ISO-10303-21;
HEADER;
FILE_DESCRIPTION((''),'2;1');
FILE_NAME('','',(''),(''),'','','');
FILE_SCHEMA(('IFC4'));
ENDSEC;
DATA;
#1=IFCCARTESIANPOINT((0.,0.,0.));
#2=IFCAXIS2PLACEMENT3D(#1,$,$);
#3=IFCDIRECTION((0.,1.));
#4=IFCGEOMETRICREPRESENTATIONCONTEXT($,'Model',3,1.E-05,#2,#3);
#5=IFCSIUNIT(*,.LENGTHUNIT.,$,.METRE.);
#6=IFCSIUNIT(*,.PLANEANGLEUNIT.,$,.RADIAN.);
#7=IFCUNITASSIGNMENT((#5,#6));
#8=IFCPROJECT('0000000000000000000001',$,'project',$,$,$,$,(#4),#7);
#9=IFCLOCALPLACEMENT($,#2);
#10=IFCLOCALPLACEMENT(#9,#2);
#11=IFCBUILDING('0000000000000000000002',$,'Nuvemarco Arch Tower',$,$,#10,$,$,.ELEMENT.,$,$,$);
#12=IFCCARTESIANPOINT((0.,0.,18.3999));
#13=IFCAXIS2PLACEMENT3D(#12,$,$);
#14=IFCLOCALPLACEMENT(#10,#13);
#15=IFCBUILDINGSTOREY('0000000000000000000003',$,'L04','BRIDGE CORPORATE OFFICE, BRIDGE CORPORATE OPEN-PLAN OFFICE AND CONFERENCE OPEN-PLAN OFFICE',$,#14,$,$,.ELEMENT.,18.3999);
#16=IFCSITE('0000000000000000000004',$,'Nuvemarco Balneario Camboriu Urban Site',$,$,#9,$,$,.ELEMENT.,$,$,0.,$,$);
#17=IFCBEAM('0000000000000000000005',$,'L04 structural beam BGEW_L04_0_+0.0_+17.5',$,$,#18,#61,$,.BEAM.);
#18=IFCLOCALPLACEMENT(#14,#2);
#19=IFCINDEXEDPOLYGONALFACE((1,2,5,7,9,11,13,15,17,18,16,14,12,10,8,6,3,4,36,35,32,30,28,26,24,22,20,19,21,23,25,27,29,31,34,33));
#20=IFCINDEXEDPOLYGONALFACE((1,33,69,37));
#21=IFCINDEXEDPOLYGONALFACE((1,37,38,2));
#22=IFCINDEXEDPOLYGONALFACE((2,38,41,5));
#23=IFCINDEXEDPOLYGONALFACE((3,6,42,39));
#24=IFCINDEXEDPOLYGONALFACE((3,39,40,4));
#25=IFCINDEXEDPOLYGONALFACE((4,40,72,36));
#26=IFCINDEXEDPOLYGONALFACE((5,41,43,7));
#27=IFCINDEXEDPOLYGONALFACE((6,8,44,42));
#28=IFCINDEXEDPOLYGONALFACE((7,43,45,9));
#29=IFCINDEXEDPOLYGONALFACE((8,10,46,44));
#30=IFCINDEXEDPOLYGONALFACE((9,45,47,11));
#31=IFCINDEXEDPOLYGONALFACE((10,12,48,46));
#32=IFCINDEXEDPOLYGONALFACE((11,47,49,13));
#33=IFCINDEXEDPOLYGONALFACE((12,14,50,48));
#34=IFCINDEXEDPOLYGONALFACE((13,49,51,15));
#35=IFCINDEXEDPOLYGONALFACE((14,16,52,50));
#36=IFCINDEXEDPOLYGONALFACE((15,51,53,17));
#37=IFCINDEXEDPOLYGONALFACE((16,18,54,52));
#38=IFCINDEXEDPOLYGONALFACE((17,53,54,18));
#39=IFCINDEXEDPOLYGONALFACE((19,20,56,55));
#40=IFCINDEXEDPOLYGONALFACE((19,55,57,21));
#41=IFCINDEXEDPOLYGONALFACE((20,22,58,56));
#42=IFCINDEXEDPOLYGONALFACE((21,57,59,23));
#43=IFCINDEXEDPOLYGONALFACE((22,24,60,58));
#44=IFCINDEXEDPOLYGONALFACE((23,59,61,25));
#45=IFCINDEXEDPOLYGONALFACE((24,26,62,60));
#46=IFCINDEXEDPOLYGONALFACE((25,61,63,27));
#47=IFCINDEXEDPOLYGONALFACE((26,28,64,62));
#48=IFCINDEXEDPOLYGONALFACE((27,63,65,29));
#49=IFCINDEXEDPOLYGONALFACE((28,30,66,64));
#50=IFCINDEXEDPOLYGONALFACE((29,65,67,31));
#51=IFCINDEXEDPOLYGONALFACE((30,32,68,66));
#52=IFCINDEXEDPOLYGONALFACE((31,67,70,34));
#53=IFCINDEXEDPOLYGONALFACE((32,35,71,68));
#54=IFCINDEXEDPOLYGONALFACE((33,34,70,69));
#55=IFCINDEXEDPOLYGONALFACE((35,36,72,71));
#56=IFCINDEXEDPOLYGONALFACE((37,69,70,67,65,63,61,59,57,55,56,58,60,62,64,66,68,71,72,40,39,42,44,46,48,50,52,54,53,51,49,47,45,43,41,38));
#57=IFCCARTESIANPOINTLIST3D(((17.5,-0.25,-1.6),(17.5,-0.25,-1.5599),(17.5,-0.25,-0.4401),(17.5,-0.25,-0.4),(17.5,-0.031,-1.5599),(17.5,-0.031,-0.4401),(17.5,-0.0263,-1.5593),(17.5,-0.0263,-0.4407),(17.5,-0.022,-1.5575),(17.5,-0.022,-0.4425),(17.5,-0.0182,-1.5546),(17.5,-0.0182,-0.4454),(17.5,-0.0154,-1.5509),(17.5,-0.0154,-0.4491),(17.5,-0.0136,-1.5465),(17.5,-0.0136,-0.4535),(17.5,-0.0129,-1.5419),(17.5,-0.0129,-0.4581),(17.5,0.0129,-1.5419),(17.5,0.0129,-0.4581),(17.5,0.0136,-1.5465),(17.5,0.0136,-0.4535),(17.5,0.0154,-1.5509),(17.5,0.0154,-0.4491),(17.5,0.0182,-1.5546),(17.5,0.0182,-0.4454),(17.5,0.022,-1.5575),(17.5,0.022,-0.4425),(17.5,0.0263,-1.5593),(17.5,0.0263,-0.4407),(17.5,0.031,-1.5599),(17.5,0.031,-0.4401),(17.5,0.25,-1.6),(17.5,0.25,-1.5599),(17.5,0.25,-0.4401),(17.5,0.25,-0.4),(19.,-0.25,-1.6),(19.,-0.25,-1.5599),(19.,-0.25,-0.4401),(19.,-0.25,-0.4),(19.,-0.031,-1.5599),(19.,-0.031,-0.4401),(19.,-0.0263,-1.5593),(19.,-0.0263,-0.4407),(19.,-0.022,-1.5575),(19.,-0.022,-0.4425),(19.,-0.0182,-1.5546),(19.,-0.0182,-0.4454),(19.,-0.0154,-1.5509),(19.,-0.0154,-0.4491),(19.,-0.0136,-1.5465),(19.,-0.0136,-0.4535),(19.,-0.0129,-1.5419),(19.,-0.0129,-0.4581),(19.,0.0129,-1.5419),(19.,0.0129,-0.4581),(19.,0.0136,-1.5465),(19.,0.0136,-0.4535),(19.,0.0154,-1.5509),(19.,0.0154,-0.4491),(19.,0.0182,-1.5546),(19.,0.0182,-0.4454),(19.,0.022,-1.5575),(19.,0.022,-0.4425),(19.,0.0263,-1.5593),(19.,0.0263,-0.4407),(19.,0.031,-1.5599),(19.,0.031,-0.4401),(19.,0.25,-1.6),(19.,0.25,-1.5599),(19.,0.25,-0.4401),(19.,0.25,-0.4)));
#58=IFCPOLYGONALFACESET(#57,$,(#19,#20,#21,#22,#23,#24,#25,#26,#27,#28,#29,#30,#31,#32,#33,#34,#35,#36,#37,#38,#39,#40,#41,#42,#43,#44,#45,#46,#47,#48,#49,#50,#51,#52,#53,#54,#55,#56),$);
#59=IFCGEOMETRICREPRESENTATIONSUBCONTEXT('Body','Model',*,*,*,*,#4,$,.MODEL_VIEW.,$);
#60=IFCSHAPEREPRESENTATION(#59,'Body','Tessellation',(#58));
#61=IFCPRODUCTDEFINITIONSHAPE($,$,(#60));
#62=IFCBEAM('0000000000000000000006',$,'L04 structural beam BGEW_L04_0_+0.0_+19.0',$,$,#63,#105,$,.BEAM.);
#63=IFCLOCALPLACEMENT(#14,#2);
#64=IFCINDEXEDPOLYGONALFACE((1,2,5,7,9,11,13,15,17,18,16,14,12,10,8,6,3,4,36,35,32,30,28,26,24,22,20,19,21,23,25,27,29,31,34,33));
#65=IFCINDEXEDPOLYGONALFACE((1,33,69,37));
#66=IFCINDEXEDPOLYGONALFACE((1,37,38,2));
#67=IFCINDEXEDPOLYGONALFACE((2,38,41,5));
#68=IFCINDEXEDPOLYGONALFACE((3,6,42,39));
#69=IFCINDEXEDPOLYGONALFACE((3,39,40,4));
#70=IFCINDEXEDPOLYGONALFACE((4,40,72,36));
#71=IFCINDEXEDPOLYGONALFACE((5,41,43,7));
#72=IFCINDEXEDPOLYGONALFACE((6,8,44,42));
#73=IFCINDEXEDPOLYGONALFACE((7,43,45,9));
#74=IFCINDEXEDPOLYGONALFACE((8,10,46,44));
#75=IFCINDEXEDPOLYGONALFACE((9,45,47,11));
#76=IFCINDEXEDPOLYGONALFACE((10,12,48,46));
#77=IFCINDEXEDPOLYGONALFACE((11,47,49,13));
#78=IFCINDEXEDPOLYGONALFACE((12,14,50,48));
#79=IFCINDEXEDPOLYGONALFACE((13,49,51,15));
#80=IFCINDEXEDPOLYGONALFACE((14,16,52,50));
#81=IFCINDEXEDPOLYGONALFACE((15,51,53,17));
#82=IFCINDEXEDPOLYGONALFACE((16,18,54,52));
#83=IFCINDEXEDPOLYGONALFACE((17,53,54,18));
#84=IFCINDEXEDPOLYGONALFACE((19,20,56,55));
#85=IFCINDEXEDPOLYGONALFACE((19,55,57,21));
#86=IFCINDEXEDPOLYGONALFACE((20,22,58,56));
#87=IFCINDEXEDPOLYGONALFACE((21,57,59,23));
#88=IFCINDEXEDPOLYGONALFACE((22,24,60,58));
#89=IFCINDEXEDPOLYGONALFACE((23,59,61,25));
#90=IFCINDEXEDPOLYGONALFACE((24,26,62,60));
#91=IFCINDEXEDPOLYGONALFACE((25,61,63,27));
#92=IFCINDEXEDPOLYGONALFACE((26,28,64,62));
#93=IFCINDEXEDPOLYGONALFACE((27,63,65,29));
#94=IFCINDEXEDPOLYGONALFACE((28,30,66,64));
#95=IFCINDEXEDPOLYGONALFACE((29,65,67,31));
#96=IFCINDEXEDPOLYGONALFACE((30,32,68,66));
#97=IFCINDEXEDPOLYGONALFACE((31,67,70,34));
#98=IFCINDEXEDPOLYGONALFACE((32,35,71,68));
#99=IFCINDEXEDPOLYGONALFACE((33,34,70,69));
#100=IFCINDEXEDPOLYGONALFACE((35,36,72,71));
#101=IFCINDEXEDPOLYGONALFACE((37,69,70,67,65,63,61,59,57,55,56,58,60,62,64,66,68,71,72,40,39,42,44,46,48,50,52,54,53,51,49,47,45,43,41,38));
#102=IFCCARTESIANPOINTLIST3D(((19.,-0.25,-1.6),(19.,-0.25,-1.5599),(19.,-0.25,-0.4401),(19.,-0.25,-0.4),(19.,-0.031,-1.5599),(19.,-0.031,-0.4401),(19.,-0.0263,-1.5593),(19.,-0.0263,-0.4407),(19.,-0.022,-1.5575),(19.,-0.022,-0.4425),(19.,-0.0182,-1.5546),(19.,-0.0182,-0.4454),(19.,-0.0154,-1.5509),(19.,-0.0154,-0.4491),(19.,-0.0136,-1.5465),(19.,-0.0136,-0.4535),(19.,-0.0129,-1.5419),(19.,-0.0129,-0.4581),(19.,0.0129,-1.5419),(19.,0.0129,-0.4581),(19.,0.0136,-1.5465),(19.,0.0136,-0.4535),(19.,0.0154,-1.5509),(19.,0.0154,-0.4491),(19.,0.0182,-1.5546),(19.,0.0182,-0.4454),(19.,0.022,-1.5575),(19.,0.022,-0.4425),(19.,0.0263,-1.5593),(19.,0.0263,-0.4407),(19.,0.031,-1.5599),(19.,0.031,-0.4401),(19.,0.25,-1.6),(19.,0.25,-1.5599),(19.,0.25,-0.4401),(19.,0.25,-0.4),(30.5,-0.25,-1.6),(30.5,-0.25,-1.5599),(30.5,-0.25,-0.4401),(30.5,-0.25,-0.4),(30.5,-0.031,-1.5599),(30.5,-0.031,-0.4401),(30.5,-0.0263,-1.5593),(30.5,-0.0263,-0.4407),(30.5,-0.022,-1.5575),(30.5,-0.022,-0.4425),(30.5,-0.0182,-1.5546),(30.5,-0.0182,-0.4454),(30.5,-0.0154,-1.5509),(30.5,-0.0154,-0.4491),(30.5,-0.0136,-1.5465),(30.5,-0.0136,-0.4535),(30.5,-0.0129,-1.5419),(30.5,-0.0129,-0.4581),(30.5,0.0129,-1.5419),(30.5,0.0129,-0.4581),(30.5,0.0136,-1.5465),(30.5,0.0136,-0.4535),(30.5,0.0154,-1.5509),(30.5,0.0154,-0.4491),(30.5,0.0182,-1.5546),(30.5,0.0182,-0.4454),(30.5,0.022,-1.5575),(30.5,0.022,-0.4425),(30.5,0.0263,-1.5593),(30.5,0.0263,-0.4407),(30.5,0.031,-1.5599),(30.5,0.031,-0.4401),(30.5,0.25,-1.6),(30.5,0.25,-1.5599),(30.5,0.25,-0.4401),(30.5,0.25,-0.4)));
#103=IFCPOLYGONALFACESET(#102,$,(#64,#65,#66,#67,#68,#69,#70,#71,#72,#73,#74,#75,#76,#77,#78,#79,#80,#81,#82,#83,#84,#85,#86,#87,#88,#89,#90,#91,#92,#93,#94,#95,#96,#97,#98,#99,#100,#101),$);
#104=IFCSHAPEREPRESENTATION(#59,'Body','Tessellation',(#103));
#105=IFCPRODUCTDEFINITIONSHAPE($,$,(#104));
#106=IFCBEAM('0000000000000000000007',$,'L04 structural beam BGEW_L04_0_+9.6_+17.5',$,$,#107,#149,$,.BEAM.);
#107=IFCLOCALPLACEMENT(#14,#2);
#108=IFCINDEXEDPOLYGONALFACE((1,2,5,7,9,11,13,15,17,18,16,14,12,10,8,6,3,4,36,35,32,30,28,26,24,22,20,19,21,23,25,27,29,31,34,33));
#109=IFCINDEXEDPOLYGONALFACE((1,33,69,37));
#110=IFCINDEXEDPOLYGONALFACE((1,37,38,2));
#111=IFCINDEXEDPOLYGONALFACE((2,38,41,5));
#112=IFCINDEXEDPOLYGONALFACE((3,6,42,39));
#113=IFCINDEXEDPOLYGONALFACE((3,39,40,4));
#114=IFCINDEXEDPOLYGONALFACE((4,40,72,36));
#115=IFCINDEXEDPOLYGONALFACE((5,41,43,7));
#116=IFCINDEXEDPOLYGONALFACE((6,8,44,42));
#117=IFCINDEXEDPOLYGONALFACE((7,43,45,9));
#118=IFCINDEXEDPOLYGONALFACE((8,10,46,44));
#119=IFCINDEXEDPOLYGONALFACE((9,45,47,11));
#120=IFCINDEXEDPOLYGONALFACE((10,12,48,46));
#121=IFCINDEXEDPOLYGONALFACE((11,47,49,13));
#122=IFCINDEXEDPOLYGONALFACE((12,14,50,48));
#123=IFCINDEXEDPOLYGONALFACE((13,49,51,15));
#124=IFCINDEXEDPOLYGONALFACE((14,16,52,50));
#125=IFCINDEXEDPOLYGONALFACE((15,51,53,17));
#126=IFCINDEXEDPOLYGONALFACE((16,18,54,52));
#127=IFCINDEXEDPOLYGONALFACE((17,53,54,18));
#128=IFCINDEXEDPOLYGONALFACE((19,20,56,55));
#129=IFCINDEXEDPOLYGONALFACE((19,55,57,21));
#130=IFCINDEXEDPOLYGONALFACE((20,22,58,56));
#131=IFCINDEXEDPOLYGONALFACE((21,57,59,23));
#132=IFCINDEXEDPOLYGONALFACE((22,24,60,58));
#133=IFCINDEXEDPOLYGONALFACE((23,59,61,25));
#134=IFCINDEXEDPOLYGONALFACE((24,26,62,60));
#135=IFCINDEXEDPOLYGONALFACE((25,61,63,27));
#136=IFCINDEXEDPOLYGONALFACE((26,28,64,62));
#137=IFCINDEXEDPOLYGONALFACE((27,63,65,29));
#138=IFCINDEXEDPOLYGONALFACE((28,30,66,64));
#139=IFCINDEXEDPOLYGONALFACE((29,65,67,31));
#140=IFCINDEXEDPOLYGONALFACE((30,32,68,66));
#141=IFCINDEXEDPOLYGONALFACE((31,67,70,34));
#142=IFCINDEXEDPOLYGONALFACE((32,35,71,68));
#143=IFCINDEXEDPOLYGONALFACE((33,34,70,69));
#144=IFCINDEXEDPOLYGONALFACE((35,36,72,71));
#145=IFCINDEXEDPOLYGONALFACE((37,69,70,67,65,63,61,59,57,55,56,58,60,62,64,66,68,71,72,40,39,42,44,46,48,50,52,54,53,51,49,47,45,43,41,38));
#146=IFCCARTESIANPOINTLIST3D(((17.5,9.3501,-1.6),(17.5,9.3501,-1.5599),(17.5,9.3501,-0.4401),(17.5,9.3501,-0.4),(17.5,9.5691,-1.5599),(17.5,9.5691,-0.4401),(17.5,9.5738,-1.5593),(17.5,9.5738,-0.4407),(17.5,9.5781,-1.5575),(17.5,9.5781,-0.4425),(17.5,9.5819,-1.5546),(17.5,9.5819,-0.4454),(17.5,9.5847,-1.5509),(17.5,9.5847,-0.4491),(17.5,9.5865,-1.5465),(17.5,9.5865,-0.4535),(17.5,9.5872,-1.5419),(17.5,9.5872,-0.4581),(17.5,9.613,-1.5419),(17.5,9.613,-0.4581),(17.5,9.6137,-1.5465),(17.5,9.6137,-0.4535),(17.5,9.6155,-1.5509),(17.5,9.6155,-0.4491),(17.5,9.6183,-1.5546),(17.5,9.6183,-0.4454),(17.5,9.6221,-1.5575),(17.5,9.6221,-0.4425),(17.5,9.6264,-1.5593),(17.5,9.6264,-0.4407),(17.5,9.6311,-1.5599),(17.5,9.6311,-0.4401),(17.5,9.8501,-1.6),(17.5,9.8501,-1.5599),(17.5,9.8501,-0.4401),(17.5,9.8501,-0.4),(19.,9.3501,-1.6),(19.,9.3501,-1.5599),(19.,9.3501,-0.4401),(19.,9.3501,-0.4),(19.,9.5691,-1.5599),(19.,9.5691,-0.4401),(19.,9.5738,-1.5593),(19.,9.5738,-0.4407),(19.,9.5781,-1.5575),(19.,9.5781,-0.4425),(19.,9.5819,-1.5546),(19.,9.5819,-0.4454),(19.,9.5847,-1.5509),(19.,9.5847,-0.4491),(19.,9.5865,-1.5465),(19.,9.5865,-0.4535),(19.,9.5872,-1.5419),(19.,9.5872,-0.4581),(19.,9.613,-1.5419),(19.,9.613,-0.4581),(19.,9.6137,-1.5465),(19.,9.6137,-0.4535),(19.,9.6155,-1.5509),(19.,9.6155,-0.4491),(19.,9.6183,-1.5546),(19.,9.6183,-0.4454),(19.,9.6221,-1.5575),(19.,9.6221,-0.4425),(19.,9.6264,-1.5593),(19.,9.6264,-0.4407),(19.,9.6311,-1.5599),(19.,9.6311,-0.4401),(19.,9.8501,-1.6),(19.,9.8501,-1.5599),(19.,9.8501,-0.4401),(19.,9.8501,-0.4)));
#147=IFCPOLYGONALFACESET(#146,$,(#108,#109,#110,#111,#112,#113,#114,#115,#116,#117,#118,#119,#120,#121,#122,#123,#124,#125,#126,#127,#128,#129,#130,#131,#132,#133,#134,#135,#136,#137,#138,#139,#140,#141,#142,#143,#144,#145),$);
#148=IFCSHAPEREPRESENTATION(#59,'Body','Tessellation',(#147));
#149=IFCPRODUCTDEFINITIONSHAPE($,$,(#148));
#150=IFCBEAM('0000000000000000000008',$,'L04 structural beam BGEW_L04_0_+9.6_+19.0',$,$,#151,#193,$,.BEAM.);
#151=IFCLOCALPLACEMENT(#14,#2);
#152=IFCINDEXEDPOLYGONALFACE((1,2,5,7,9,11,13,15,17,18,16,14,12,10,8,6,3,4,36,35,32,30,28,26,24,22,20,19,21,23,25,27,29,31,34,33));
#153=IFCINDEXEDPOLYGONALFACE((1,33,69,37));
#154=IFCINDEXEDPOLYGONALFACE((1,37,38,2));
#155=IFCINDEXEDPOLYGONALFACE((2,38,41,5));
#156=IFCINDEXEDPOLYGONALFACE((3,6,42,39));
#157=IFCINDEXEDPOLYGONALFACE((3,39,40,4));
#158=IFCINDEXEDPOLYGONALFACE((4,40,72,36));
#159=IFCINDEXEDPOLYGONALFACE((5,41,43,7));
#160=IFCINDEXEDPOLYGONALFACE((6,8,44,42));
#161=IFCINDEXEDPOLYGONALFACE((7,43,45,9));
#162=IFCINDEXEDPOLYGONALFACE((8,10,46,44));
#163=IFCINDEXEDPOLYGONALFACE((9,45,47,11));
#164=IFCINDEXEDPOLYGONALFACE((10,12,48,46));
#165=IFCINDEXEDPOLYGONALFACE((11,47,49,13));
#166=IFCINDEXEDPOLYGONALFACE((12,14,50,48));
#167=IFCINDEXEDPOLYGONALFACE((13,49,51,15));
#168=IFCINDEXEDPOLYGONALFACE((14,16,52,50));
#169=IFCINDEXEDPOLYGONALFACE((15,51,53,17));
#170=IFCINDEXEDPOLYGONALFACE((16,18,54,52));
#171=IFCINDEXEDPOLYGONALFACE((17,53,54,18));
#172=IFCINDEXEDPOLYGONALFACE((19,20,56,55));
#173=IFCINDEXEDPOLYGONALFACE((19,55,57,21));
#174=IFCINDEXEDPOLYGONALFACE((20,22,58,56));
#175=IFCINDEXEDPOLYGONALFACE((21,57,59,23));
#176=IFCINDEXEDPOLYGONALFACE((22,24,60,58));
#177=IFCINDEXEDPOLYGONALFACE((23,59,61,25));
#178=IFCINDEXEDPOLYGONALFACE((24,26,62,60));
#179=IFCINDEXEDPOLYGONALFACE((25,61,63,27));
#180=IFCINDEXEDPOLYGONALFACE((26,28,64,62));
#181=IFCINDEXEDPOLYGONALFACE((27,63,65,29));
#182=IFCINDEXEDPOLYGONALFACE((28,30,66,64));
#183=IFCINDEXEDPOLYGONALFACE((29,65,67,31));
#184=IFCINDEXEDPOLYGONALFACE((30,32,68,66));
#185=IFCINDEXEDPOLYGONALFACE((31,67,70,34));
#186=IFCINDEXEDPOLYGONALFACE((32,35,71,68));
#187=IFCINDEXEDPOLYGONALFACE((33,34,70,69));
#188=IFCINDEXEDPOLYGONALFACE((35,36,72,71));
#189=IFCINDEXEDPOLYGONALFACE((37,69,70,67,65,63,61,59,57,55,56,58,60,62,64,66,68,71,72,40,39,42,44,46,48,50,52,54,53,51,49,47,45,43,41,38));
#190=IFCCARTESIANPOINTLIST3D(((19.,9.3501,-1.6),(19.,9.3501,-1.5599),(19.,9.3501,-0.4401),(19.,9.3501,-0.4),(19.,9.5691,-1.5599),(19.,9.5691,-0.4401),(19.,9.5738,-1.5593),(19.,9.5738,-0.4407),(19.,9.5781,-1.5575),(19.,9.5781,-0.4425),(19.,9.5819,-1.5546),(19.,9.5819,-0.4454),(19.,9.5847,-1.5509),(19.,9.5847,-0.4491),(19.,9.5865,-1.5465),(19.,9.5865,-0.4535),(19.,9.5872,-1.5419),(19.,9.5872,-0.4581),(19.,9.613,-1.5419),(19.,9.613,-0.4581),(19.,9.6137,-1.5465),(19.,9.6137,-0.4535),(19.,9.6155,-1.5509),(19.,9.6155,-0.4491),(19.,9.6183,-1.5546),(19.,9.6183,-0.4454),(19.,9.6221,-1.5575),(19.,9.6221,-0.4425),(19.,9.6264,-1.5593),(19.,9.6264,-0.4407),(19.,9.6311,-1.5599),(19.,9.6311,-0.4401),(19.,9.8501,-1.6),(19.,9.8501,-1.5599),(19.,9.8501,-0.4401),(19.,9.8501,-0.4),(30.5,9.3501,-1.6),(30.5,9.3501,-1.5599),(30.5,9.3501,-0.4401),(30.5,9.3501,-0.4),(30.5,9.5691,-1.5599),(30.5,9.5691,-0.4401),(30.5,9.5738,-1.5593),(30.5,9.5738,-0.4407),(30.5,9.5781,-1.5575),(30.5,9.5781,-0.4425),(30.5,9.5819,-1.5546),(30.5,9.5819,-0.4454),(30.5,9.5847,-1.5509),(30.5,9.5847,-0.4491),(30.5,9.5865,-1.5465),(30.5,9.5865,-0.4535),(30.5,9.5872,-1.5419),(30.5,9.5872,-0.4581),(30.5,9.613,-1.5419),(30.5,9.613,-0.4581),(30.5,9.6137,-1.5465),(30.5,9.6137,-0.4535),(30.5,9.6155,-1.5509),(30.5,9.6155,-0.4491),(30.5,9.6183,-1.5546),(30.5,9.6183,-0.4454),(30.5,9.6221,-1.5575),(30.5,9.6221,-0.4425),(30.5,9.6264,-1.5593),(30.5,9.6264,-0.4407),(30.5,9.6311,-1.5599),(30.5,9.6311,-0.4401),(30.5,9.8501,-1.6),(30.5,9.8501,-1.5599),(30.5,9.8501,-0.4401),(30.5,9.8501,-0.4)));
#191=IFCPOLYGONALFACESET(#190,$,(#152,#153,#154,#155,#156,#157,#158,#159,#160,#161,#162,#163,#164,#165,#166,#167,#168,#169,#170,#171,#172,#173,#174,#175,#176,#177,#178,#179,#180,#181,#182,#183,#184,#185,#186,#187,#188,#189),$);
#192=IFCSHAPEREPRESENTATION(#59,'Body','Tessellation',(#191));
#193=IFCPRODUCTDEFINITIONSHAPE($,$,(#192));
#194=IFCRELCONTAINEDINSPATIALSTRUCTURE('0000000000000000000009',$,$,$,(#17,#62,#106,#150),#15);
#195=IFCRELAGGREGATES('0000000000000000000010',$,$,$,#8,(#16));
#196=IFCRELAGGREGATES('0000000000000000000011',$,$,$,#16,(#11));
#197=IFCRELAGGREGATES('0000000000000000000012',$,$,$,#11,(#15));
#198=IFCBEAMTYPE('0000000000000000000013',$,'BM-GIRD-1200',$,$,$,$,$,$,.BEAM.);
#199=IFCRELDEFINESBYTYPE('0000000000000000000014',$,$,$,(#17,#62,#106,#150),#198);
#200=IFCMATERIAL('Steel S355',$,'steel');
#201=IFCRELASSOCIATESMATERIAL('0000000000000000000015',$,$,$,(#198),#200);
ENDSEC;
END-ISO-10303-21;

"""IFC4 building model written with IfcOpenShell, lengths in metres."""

from ifc_helpers import new_model, si_unit, direction, frame, origin, origin_2d, place, context, subcontext, project, spatial, i_section, extrude, material, material_profile, profile_set, type_object, element, save


model = new_model("IFC4")

# Units and contexts
model_context = context("Model", 3, precision=1e-05, world=origin(), true_north=direction((0.0, 1.0)))
body_context = subcontext(model_context, "Body", "Model", "MODEL_VIEW")
ifc_project = project(units=[si_unit("LENGTHUNIT", "METRE"), si_unit("PLANEANGLEUNIT", "RADIAN")], contexts=[model_context])

# Site, building, storey
site_placement = place(None, origin())
site = spatial("IfcSite", under=ifc_project, at=site_placement, Name="Nuvemarco Balneario Camboriu Urban Site", CompositionType="ELEMENT", RefElevation=0.0)
building_placement = place(site_placement, origin())
building = spatial("IfcBuilding", under=site, at=building_placement, Name="Nuvemarco Arch Tower", CompositionType="ELEMENT")
storey_placement = place(building_placement, frame((0.0, 0.0, 18.3999)))
storey = spatial("IfcBuildingStorey", under=building, at=storey_placement, Name="L04", Description="BRIDGE CORPORATE OFFICE, BRIDGE CORPORATE OPEN-PLAN OFFICE AND CONFERENCE OPEN-PLAN OFFICE", CompositionType="ELEMENT", Elevation=18.3999)

# Beams
ifc_material_1 = material(Name="Steel S355", Category="steel")
ifc_material_profile_1 = material_profile(ifc_material_1, i_section(OverallWidth=0.5, OverallDepth=1.2, WebThickness=0.0259, FlangeThickness=0.04, FilletRadius=0.0181, at=origin_2d()), Name="PG1200x500")
ifc_profile_set_1 = profile_set([ifc_material_profile_1], Name="Steel S355")
beam_type_1 = type_object("IfcBeamType", Name="BM-GIRD-1200", PredefinedType="BEAM", material=ifc_profile_set_1)
beam_1_placement = place(storey_placement, frame((17.5, 0.0, -1.0), z_axis=(1.0, 0.0, 0.0), x_axis=(0.0, 1.0, 0.0)))
element("IfcBeam", 1, at=beam_1_placement, inside=storey, type_object=beam_type_1, Name="L04 structural beam BGEW_L04_0_+0.0_+17.5", PredefinedType="BEAM", context=body_context, shape_type="SweptSolid", body=[
    extrude(i_section(OverallWidth=0.5, OverallDepth=1.2, WebThickness=0.0259, FlangeThickness=0.04, FilletRadius=0.0181, at=origin_2d()), origin(), (0.0, 0.0, 1.0), 1.5),
])
beam_2_placement = place(storey_placement, frame((19.0, 0.0, -1.0), z_axis=(1.0, 0.0, 0.0), x_axis=(0.0, 1.0, 0.0)))
element("IfcBeam", 2, at=beam_2_placement, inside=storey, type_object=beam_type_1, Name="L04 structural beam BGEW_L04_0_+0.0_+19.0", PredefinedType="BEAM", context=body_context, shape_type="SweptSolid", body=[
    extrude(i_section(OverallWidth=0.5, OverallDepth=1.2, WebThickness=0.0259, FlangeThickness=0.04, FilletRadius=0.0181, at=origin_2d()), origin(), (0.0, 0.0, 1.0), 11.5),
])
beam_3_placement = place(storey_placement, frame((17.5, 9.6001, -1.0), z_axis=(1.0, 0.0, 0.0), x_axis=(0.0, 1.0, 0.0)))
element("IfcBeam", 3, at=beam_3_placement, inside=storey, type_object=beam_type_1, Name="L04 structural beam BGEW_L04_0_+9.6_+17.5", PredefinedType="BEAM", context=body_context, shape_type="SweptSolid", body=[
    extrude(i_section(OverallWidth=0.5, OverallDepth=1.2, WebThickness=0.0259, FlangeThickness=0.04, FilletRadius=0.0181, at=origin_2d()), origin(), (0.0, 0.0, 1.0), 1.5),
])
beam_4_placement = place(storey_placement, frame((19.0, 9.6001, -1.0), z_axis=(1.0, 0.0, 0.0), x_axis=(0.0, 1.0, 0.0)))
element("IfcBeam", 4, at=beam_4_placement, inside=storey, type_object=beam_type_1, Name="L04 structural beam BGEW_L04_0_+9.6_+19.0", PredefinedType="BEAM", context=body_context, shape_type="SweptSolid", body=[
    extrude(i_section(OverallWidth=0.5, OverallDepth=1.2, WebThickness=0.0259, FlangeThickness=0.04, FilletRadius=0.0181, at=origin_2d()), origin(), (0.0, 0.0, 1.0), 11.5),
])

save(model, "model.ifc")
